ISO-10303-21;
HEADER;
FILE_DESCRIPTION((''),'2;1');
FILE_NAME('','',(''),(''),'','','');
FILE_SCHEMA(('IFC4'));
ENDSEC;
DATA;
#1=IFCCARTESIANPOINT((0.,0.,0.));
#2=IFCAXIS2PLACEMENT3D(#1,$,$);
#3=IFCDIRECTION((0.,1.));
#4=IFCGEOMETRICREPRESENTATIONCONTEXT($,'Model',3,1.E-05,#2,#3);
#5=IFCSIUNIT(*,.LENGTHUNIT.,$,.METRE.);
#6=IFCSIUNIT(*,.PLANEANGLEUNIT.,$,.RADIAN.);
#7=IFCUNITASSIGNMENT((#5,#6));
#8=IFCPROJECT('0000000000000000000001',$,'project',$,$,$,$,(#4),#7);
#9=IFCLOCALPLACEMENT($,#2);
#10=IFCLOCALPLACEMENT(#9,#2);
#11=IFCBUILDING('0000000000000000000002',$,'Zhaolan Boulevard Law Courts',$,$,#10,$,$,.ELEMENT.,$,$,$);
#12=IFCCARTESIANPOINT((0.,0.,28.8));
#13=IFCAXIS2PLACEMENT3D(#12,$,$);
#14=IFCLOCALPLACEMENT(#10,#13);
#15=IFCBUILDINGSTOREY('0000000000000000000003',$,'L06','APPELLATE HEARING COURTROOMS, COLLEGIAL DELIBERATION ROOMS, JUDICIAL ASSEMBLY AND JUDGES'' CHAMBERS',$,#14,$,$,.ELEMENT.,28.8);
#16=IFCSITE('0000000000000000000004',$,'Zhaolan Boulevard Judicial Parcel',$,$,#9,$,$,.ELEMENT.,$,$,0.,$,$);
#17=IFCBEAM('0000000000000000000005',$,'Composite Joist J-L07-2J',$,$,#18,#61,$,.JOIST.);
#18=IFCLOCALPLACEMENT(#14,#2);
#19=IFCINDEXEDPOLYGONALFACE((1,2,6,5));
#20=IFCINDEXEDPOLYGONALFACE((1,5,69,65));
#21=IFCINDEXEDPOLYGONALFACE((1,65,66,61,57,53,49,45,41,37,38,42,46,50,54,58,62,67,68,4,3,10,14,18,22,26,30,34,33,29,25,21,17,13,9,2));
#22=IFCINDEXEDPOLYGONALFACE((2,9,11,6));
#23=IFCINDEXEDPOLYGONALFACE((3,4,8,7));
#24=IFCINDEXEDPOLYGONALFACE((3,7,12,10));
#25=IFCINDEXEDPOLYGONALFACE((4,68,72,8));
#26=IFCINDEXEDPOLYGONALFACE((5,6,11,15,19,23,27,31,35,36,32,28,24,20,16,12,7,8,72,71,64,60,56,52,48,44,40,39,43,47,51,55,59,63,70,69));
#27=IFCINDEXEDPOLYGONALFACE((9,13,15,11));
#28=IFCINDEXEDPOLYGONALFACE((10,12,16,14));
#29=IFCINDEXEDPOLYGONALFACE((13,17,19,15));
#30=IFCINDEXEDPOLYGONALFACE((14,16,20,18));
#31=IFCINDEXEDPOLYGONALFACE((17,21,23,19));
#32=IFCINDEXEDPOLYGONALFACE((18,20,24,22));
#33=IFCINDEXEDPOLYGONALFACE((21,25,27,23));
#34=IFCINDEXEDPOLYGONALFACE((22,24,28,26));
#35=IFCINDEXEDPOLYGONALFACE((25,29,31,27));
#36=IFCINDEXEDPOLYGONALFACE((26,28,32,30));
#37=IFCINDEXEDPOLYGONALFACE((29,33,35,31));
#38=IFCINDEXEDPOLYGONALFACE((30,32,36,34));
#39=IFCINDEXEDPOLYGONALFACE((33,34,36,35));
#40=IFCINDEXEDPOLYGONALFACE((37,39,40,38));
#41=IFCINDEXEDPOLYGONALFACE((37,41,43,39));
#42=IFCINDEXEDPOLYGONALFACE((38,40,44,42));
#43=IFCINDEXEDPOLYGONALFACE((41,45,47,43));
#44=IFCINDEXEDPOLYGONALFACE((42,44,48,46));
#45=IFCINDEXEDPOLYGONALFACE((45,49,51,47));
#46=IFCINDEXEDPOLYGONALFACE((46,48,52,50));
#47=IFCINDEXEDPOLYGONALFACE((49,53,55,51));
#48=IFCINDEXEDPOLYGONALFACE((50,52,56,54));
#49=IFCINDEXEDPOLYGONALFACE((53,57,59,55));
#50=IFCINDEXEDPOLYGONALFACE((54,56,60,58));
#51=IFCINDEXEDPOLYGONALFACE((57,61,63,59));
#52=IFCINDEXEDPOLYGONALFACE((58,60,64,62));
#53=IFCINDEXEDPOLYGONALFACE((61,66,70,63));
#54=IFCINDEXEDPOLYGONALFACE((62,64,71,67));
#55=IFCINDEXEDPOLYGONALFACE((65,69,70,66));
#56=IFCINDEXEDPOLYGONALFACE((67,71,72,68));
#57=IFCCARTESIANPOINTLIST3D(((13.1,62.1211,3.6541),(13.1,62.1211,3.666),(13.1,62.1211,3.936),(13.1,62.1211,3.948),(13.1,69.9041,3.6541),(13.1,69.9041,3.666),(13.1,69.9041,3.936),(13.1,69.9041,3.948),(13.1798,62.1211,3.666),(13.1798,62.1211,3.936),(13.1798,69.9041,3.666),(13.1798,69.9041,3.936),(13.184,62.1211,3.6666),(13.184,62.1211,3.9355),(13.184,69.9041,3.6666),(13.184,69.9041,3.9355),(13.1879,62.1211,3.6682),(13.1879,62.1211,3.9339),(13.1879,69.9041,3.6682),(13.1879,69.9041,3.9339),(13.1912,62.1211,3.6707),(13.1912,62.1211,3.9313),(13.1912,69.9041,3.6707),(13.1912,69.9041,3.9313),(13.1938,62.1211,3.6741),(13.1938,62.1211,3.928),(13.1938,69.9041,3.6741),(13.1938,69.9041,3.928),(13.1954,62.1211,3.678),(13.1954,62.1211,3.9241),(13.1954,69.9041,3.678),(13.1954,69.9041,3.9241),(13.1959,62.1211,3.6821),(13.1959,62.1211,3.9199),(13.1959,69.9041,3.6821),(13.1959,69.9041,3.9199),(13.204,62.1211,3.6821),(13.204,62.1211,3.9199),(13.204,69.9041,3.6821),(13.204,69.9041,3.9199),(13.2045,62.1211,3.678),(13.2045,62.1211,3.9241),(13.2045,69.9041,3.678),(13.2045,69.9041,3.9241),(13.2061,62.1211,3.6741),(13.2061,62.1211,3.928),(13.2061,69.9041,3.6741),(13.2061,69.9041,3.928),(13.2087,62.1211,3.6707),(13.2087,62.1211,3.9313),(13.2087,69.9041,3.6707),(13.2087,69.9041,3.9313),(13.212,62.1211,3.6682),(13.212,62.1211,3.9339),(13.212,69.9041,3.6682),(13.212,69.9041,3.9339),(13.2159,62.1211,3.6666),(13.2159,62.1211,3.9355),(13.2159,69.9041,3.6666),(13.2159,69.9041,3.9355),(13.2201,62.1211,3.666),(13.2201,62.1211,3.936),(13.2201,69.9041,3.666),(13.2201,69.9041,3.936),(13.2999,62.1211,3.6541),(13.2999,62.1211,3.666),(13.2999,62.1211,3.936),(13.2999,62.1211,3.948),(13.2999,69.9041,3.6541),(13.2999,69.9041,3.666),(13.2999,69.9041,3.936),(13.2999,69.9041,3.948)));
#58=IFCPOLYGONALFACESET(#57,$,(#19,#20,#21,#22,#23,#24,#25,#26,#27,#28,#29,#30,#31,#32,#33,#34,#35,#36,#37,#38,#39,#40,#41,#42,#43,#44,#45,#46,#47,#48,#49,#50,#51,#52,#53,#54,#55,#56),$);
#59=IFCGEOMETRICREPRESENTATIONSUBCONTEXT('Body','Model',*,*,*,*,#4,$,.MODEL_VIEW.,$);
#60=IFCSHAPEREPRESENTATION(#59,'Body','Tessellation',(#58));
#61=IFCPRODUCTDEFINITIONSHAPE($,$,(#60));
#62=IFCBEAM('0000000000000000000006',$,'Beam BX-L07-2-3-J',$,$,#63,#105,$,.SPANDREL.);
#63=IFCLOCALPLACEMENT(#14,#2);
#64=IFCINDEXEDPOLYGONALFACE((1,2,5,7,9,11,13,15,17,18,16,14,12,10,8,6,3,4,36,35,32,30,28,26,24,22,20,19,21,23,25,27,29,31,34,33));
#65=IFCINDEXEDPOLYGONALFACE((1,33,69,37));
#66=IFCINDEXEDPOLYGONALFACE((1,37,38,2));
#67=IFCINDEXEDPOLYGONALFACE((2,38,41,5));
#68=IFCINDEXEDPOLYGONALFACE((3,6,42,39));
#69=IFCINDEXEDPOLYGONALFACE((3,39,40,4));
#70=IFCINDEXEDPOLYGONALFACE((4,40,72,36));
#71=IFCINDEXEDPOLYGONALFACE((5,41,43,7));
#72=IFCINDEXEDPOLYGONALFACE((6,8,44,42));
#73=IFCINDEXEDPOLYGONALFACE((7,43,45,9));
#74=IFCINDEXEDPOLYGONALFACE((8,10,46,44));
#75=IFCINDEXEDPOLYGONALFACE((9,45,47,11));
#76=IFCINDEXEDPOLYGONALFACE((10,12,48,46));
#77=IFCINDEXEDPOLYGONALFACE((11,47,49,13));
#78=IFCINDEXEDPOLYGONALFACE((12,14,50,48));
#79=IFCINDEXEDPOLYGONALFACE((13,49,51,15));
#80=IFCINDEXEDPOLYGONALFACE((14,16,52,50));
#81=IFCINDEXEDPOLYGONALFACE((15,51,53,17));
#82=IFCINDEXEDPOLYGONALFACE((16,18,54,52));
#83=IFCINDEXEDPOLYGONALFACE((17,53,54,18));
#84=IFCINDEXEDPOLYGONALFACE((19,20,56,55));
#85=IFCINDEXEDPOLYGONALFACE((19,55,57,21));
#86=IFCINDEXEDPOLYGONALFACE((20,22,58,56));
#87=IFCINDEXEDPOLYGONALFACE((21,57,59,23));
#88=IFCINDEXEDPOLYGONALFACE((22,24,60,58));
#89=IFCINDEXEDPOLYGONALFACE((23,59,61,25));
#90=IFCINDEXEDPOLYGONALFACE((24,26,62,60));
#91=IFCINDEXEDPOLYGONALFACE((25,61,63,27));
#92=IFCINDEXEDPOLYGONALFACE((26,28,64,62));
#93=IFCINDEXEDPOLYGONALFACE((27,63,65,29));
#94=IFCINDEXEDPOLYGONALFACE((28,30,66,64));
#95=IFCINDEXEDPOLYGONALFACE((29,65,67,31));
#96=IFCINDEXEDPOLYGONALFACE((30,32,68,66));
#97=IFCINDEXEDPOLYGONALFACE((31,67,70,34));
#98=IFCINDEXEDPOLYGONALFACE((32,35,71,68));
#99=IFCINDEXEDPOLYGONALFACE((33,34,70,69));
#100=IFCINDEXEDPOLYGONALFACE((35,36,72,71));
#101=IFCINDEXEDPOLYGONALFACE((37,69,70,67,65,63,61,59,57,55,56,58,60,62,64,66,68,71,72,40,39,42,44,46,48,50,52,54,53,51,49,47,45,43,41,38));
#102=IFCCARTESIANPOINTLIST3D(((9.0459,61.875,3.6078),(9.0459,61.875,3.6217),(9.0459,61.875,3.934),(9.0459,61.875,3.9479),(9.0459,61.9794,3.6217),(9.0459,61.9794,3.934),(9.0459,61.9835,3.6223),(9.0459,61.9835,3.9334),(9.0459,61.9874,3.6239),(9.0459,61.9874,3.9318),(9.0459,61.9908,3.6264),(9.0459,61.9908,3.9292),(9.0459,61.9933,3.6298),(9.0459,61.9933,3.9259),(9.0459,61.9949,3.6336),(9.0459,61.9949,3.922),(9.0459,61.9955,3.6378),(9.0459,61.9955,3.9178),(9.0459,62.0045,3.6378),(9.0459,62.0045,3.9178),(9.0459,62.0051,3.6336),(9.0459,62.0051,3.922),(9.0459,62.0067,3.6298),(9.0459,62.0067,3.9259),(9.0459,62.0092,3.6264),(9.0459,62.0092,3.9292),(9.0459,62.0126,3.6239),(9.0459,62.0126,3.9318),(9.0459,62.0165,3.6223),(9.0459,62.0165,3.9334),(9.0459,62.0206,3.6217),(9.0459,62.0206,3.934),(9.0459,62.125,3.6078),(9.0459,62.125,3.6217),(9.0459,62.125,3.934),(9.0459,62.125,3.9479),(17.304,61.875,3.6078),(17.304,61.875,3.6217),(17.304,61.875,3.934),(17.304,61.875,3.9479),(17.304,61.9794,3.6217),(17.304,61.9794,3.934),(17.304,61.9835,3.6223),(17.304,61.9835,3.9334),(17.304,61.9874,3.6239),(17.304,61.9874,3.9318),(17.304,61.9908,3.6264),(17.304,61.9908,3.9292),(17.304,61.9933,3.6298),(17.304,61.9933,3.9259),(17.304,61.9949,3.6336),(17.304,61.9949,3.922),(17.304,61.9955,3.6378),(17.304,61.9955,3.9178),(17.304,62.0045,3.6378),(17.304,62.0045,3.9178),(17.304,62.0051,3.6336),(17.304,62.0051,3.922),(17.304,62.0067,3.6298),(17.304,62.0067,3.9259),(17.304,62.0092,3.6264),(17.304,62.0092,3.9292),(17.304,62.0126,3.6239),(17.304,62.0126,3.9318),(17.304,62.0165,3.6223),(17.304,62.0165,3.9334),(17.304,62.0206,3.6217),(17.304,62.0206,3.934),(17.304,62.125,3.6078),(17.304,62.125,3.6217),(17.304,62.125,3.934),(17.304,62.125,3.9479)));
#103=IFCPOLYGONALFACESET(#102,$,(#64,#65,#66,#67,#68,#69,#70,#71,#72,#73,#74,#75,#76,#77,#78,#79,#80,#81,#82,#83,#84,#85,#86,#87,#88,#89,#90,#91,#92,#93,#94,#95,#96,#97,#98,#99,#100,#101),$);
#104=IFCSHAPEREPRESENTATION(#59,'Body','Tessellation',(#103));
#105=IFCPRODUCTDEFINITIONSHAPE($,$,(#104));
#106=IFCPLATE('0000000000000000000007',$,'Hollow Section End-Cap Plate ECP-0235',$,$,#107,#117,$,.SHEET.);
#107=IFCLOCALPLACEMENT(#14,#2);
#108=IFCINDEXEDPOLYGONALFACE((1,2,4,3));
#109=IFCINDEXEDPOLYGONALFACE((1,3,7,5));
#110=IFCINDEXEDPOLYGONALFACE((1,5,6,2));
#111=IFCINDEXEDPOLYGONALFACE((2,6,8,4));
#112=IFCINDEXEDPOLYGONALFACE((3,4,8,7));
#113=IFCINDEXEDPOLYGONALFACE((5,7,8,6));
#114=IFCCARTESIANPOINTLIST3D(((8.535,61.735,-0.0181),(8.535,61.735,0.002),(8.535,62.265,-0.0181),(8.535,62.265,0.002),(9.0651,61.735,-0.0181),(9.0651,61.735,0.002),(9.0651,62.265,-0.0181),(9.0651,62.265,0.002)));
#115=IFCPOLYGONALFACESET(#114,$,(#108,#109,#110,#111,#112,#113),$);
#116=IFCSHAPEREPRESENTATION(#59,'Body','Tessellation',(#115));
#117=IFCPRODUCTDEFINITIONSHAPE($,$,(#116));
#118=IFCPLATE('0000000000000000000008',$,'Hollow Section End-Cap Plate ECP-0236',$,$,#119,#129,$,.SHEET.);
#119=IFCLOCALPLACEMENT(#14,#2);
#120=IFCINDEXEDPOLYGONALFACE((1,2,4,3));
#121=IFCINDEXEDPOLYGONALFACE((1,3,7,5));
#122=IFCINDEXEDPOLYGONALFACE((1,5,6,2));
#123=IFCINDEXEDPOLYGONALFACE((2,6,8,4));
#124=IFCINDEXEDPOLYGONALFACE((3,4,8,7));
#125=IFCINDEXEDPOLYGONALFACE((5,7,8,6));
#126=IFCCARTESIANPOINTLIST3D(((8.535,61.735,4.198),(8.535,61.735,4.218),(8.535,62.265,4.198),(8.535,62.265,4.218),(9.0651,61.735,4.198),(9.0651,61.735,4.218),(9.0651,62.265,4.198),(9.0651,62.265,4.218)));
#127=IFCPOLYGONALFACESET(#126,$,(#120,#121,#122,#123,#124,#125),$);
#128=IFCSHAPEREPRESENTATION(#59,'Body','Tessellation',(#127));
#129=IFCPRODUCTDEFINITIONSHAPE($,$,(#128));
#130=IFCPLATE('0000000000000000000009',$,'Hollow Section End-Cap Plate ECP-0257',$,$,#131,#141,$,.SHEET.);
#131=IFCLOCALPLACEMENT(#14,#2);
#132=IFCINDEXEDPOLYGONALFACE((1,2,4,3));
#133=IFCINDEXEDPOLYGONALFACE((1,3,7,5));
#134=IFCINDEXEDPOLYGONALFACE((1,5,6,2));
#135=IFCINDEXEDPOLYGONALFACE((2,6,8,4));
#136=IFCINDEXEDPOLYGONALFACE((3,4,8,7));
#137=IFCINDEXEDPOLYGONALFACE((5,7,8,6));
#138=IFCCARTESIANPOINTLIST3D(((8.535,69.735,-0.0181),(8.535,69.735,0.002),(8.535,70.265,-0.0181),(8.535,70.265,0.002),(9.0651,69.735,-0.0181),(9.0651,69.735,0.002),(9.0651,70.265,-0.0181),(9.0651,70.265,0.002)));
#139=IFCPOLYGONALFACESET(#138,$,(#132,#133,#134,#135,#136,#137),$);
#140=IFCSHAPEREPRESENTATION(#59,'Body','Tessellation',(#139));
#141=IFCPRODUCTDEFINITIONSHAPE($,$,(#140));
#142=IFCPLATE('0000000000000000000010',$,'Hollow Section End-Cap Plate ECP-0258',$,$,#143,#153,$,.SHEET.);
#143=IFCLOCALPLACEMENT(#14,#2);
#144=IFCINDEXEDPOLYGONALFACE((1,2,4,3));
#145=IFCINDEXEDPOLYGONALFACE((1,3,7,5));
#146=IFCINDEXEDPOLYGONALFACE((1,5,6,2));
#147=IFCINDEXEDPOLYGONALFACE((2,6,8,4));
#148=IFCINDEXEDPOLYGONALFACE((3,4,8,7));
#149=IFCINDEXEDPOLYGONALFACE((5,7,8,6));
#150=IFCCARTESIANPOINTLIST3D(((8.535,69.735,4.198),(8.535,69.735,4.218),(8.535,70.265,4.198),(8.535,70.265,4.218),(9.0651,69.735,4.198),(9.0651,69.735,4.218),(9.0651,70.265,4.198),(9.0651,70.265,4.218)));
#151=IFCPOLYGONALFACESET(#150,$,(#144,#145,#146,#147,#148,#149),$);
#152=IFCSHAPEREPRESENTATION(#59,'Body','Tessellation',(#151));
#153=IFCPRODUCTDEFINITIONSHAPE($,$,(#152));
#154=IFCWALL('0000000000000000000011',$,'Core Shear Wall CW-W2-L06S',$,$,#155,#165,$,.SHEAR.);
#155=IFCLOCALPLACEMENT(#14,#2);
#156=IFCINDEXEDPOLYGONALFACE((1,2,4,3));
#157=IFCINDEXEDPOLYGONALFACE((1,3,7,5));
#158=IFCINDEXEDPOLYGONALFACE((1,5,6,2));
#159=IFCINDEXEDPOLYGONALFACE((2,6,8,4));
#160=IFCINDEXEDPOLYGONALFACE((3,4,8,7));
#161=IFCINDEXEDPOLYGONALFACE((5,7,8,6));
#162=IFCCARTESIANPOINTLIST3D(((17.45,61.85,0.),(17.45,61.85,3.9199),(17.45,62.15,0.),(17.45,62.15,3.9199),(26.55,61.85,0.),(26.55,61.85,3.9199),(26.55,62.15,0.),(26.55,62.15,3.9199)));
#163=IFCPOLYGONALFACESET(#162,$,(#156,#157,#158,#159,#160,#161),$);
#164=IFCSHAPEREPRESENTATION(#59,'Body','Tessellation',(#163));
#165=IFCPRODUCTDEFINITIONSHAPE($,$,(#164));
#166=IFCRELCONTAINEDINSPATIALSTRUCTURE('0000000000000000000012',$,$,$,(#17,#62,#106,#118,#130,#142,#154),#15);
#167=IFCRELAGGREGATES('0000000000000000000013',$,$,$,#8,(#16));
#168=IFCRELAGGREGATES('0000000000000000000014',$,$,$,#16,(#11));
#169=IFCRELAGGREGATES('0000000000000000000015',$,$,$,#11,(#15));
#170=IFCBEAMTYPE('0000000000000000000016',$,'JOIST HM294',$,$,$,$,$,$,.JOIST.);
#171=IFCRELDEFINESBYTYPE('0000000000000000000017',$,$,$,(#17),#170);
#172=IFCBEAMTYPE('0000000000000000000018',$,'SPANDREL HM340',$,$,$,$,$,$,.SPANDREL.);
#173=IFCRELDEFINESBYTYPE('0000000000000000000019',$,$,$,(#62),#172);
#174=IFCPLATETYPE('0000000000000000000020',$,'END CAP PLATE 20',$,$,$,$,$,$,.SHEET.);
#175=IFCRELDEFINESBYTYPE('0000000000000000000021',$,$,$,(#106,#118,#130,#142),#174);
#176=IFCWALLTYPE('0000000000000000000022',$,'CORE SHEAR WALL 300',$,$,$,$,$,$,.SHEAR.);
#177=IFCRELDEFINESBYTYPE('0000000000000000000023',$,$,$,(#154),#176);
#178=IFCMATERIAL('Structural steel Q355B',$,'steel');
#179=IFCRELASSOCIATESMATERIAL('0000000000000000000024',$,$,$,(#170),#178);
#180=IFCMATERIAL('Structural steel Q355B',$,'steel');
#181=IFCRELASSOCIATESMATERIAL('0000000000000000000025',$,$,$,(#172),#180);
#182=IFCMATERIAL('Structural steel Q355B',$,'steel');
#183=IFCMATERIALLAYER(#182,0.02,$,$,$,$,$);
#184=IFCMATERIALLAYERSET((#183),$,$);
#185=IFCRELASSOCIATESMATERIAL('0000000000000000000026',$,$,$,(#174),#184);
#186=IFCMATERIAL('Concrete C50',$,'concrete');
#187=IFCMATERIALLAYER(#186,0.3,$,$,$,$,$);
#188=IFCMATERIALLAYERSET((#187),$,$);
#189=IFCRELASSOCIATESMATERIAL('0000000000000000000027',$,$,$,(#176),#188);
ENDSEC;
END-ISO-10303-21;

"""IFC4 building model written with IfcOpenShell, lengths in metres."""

from ifc_helpers import new_model, si_unit, direction, frame, frame_2d, origin, origin_2d, place, context, subcontext, project, spatial, rectangle, i_section, extrude, material, layer, layer_set, material_profile, profile_set, type_object, element, save


model = new_model("IFC4")

# Units and contexts
model_context = context("Model", 3, precision=1e-05, world=origin(), true_north=direction((0.0, 1.0)))
body_context = subcontext(model_context, "Body", "Model", "MODEL_VIEW")
ifc_project = project(units=[si_unit("LENGTHUNIT", "METRE"), si_unit("PLANEANGLEUNIT", "RADIAN")], contexts=[model_context])

# Site, building, storey
site_placement = place(None, origin())
site = spatial("IfcSite", under=ifc_project, at=site_placement, Name="Zhaolan Boulevard Judicial Parcel", CompositionType="ELEMENT", RefElevation=0.0)
building_placement = place(site_placement, origin())
building = spatial("IfcBuilding", under=site, at=building_placement, Name="Zhaolan Boulevard Law Courts", CompositionType="ELEMENT")
storey_placement = place(building_placement, frame((0.0, 0.0, 28.8)))
storey = spatial("IfcBuildingStorey", under=building, at=storey_placement, Name="L06", Description="APPELLATE HEARING COURTROOMS, COLLEGIAL DELIBERATION ROOMS, JUDICIAL ASSEMBLY AND JUDGES' CHAMBERS", CompositionType="ELEMENT", Elevation=28.8)

# Beams
ifc_material_1 = material(Name="Structural steel Q355B", Category="steel")
ifc_material_profile_1 = material_profile(ifc_material_1, i_section(OverallWidth=0.2, OverallDepth=0.2939, WebThickness=0.0081, FlangeThickness=0.012, FilletRadius=0.0161, at=origin_2d()), Name="HM294x200")
ifc_profile_set_1 = profile_set([ifc_material_profile_1], Name="Structural steel Q355B")
beam_type_1 = type_object("IfcBeamType", Name="JOIST HM294", PredefinedType="JOIST", material=ifc_profile_set_1)
beam_1_placement = place(storey_placement, frame((13.2, 62.1211, 3.801), z_axis=(0.0, 1.0, 0.0), x_axis=(-1.0, 0.0, 0.0)))
element("IfcBeam", 1, at=beam_1_placement, inside=storey, type_object=beam_type_1, Name="Composite Joist J-L07-2J", PredefinedType="JOIST", context=body_context, shape_type="SweptSolid", body=[
    extrude(i_section(OverallWidth=0.2, OverallDepth=0.2939, WebThickness=0.0081, FlangeThickness=0.012, FilletRadius=0.0161, at=origin_2d()), origin(), (0.0, 0.0, 1.0), 7.783),
])
ifc_material_2 = material(Name="Structural steel Q355B", Category="steel")
ifc_material_profile_2 = material_profile(ifc_material_2, i_section(OverallWidth=0.25, OverallDepth=0.3401, WebThickness=0.009, FlangeThickness=0.0139, FilletRadius=0.0161, at=origin_2d()), Name="HM340x250")
ifc_profile_set_2 = profile_set([ifc_material_profile_2], Name="Structural steel Q355B")
beam_type_2 = type_object("IfcBeamType", Name="SPANDREL HM340", PredefinedType="SPANDREL", material=ifc_profile_set_2)
beam_2_placement = place(storey_placement, frame((9.0459, 62.0, 3.7778), z_axis=(1.0, 0.0, 0.0), x_axis=(0.0, 1.0, 0.0)))
element("IfcBeam", 2, at=beam_2_placement, inside=storey, type_object=beam_type_2, Name="Beam BX-L07-2-3-J", PredefinedType="SPANDREL", context=body_context, shape_type="SweptSolid", body=[
    extrude(i_section(OverallWidth=0.25, OverallDepth=0.3401, WebThickness=0.009, FlangeThickness=0.0139, FilletRadius=0.0161, at=origin_2d()), origin(), (0.0, 0.0, 1.0), 8.2581),
])

# Plates
ifc_material_3 = material(Name="Structural steel Q355B", Category="steel")
ifc_layer_1 = layer(ifc_material_3, 0.02)
ifc_layer_set_1 = layer_set([ifc_layer_1])
plate_type = type_object("IfcPlateType", Name="END CAP PLATE 20", PredefinedType="SHEET", material=ifc_layer_set_1)
for number, where, z_axis, x_axis, name in (
    (3, (8.8, 62.0, -0.0181), (0.0, 0.0, 1.0), (1.0, 0.0, 0.0), "Hollow Section End-Cap Plate ECP-0235"),
    (4, (8.8, 62.0, 4.198), (0.0, 0.0, 1.0), (1.0, 0.0, 0.0), "Hollow Section End-Cap Plate ECP-0236"),
    (5, (8.8, 70.0, -0.0181), (0.0, 0.0, 1.0), (1.0, 0.0, 0.0), "Hollow Section End-Cap Plate ECP-0257"),
    (6, (8.8, 70.0, 4.198), (0.0, 0.0, 1.0), (1.0, 0.0, 0.0), "Hollow Section End-Cap Plate ECP-0258"),
):
    element("IfcPlate", number, at=place(storey_placement, frame(where, z_axis=z_axis, x_axis=x_axis)), inside=storey, type_object=plate_type, Name=name, PredefinedType="SHEET", context=body_context, shape_type="SweptSolid", body=[
        extrude(rectangle(XDim=0.53, YDim=0.53, at=origin_2d()), origin(), (0.0, 0.0, 1.0), 0.02),
    ])

# Wall
ifc_material_4 = material(Name="Concrete C50", Category="concrete")
ifc_layer_2 = layer(ifc_material_4, 0.3)
ifc_layer_set_2 = layer_set([ifc_layer_2])
wall_type_1 = type_object("IfcWallType", Name="CORE SHEAR WALL 300", PredefinedType="SHEAR", material=ifc_layer_set_2)
wall_1_placement = place(storey_placement, frame((17.45, 62.0, 0.0), z_axis=(0.0, 0.0, 1.0), x_axis=(1.0, 0.0, 0.0)))
element("IfcWall", 7, at=wall_1_placement, inside=storey, type_object=wall_type_1, Name="Core Shear Wall CW-W2-L06S", PredefinedType="SHEAR", context=body_context, shape_type="SweptSolid", body=[
    extrude(rectangle(XDim=9.1001, YDim=0.3, at=frame_2d((4.55, 0.0))), origin(), (0.0, 0.0, 1.0), 3.9199),
])

save(model, "model.ifc")
